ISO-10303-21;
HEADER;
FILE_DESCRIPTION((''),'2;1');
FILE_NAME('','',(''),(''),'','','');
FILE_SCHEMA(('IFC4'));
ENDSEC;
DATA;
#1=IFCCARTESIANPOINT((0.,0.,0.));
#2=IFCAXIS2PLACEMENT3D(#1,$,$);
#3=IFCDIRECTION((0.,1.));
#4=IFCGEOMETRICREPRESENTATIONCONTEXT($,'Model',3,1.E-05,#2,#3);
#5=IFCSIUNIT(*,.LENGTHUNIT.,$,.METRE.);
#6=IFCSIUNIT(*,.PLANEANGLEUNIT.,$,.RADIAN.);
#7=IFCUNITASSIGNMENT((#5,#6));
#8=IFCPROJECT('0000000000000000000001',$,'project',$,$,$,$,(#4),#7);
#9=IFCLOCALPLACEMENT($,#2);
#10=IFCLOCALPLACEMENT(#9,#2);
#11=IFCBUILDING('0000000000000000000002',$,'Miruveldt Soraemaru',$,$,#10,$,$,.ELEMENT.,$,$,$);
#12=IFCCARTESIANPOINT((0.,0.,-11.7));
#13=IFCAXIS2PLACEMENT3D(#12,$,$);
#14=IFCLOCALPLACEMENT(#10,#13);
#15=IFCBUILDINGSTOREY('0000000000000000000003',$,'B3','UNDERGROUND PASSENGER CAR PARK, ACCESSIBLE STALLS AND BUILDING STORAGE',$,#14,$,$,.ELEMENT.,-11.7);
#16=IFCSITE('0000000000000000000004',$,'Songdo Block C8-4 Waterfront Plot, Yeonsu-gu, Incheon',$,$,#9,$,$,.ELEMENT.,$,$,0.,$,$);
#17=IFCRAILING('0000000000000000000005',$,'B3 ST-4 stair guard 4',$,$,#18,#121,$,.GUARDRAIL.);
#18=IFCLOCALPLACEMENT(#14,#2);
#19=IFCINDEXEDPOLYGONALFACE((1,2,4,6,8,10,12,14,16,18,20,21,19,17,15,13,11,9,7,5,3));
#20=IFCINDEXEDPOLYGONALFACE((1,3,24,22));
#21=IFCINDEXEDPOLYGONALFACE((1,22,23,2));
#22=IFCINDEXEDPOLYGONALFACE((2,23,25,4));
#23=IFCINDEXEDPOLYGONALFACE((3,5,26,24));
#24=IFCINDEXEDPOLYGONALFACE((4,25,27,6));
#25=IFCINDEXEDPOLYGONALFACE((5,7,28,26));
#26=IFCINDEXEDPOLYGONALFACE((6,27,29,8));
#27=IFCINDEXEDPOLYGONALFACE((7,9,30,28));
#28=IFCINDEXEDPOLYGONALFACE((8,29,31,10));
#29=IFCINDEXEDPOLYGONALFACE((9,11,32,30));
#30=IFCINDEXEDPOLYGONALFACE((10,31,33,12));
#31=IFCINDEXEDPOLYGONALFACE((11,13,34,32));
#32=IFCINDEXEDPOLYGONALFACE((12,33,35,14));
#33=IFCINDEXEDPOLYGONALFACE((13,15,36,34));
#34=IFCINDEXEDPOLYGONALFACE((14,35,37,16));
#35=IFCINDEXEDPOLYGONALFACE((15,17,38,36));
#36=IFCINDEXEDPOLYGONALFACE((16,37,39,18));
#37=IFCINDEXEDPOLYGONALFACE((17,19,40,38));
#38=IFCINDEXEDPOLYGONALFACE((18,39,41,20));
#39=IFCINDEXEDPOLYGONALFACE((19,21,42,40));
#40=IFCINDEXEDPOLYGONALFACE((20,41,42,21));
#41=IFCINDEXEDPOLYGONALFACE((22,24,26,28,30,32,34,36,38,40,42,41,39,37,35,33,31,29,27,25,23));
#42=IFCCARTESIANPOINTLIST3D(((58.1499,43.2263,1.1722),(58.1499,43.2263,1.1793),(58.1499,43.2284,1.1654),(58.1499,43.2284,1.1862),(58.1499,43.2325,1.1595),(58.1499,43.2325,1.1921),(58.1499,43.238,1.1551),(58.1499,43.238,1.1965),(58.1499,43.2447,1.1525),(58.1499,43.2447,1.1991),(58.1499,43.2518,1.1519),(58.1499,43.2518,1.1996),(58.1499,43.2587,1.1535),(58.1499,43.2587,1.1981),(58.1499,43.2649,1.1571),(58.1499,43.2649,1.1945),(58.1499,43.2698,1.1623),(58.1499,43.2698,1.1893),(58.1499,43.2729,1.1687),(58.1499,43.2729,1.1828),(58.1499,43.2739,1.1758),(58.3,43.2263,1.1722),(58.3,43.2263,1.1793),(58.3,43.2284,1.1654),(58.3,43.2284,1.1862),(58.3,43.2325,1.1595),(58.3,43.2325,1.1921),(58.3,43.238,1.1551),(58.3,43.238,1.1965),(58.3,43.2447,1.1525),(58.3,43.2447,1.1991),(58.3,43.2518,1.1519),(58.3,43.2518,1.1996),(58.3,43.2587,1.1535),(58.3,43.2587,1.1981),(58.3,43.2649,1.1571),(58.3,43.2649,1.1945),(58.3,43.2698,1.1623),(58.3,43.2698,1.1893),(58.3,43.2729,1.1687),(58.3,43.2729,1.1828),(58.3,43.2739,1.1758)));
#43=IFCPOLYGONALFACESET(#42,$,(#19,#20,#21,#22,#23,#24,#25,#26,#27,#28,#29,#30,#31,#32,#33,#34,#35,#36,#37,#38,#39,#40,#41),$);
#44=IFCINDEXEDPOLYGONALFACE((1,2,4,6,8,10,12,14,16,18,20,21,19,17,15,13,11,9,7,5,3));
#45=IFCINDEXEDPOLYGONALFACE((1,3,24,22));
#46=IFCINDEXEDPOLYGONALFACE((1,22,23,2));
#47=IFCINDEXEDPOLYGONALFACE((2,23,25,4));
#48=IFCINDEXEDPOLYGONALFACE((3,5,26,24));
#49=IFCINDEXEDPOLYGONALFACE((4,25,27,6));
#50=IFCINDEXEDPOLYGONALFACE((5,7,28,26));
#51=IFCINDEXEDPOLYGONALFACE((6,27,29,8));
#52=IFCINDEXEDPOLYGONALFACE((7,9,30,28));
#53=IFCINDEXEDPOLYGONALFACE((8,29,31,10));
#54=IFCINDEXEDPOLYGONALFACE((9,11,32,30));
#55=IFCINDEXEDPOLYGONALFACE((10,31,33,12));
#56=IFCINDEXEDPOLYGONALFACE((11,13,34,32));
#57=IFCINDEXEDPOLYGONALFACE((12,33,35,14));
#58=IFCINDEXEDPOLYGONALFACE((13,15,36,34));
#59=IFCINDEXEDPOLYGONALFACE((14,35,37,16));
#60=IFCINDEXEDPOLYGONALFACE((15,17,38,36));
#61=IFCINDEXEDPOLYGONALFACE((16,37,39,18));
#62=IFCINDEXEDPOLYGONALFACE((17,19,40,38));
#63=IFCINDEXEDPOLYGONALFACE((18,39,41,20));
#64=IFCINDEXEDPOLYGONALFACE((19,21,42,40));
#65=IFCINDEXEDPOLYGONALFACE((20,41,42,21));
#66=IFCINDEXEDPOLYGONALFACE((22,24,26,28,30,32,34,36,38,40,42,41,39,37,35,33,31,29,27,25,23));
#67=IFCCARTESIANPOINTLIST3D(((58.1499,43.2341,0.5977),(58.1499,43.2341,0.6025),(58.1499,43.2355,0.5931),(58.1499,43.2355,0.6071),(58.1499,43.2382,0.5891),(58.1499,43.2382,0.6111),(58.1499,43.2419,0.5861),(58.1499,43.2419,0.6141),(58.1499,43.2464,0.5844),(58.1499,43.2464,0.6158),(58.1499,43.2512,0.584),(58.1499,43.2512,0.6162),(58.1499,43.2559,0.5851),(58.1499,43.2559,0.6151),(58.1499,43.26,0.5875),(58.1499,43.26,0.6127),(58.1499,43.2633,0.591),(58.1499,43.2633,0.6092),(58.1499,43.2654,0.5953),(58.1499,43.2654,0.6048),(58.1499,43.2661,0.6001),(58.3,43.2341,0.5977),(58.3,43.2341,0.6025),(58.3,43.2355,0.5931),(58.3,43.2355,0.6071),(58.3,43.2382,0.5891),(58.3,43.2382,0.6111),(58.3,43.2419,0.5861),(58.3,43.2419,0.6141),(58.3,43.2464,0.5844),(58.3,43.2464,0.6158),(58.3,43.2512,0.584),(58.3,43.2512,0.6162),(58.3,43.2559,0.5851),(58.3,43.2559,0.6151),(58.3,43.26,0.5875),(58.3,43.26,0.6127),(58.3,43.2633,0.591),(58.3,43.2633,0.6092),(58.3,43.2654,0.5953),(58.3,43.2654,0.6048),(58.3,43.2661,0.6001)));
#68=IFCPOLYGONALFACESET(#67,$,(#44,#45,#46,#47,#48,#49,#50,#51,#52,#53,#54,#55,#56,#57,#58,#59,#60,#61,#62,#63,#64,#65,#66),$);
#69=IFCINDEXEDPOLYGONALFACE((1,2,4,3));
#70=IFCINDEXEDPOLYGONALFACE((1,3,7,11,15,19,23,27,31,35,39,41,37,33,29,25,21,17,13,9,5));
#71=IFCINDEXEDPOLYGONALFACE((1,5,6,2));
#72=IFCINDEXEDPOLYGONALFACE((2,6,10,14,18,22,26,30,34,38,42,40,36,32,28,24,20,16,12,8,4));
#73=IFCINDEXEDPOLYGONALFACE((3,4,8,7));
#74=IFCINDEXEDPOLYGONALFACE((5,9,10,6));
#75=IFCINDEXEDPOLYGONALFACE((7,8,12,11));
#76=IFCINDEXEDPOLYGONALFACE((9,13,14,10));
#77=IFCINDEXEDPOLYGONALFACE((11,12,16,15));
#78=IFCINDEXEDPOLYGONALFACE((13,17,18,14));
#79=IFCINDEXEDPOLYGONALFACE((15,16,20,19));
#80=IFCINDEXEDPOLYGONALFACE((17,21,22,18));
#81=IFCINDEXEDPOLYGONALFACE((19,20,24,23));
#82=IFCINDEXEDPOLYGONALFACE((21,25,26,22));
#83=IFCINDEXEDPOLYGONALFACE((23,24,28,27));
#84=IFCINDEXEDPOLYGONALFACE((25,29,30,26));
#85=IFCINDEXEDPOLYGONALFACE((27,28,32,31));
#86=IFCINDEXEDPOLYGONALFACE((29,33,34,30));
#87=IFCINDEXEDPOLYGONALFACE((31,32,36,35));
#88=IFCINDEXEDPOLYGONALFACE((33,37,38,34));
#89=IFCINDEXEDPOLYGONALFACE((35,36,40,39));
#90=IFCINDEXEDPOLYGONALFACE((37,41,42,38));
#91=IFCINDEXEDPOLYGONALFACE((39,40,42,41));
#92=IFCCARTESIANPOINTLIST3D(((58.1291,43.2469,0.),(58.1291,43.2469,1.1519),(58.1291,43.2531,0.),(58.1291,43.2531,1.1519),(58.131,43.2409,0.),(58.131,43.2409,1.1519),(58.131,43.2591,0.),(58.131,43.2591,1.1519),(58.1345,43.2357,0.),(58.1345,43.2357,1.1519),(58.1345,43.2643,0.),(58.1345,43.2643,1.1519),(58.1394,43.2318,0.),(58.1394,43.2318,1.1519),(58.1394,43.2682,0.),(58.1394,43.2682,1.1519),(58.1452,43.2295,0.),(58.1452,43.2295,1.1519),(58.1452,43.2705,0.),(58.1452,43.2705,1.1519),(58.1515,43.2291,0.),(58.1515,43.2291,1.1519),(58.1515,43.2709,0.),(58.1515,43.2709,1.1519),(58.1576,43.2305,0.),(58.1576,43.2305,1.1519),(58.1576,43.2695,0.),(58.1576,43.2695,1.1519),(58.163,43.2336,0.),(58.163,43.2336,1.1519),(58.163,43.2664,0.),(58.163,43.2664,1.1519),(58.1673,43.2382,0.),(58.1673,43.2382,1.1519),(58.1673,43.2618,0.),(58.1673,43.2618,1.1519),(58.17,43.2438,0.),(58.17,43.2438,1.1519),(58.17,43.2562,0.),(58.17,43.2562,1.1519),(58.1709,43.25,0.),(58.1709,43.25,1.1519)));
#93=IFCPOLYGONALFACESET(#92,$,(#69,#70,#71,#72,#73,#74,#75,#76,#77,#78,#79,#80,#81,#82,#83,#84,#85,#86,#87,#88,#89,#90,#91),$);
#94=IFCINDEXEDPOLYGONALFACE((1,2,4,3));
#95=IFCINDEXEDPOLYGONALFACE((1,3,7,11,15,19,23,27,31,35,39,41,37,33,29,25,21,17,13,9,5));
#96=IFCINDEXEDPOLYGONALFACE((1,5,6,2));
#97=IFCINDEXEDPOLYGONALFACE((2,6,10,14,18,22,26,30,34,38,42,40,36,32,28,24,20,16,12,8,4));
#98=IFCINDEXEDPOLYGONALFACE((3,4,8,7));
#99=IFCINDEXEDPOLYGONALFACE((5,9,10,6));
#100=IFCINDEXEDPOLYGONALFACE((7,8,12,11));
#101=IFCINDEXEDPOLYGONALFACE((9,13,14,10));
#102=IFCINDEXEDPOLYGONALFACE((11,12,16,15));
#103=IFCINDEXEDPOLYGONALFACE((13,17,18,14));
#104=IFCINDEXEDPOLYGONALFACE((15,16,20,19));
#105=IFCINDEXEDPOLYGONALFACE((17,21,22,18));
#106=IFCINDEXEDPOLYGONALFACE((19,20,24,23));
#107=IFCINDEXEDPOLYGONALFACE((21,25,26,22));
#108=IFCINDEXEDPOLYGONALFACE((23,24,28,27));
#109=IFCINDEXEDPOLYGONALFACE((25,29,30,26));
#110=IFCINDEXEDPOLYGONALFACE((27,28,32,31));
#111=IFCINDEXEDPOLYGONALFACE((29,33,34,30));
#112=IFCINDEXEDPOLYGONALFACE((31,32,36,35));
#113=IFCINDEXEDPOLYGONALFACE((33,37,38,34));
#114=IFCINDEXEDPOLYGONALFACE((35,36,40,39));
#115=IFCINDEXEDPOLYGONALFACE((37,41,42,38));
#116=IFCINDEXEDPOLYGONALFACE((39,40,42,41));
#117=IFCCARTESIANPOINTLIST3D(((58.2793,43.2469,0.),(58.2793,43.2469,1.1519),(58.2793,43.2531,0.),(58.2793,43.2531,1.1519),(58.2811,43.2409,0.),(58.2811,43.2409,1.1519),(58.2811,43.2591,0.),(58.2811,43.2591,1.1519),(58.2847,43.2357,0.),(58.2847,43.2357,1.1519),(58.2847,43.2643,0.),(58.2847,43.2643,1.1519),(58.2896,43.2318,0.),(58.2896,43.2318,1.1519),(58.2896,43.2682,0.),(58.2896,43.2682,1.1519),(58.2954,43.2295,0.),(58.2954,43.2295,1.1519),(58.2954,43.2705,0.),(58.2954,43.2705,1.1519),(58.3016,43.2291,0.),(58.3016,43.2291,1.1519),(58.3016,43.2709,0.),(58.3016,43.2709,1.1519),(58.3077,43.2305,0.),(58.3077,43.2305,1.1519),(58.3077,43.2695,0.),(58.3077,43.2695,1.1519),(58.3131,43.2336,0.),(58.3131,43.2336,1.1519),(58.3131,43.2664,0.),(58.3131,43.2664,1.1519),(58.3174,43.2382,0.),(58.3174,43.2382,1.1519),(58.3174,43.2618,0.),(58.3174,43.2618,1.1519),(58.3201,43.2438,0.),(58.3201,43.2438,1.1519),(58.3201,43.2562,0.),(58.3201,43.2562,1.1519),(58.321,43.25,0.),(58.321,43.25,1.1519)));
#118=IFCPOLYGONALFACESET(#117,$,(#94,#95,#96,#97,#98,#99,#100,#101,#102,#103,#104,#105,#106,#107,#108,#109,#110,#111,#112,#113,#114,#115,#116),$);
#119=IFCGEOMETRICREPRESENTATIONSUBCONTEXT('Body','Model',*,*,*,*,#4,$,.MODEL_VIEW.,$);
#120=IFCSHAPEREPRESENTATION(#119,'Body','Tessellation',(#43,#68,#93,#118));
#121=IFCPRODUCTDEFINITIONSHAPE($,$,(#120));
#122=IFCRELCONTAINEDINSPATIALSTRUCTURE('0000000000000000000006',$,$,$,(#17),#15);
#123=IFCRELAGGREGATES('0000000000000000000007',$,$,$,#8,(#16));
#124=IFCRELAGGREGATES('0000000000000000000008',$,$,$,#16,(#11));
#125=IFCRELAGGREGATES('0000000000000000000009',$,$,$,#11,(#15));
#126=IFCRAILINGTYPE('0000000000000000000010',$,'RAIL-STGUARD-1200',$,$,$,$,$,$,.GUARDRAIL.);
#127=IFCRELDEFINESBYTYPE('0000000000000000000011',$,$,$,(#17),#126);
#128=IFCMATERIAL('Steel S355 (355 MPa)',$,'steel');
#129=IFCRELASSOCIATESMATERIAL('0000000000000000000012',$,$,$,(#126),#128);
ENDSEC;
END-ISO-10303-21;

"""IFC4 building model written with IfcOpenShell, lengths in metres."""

from ifc_helpers import new_model, si_unit, direction, frame, origin, origin_2d, place, context, subcontext, project, spatial, circle, extrude, material, type_object, element, save


model = new_model("IFC4")

# Units and contexts
model_context = context("Model", 3, precision=1e-05, world=origin(), true_north=direction((0.0, 1.0)))
body_context = subcontext(model_context, "Body", "Model", "MODEL_VIEW")
ifc_project = project(units=[si_unit("LENGTHUNIT", "METRE"), si_unit("PLANEANGLEUNIT", "RADIAN")], contexts=[model_context])

# Site, building, storey
site_placement = place(None, origin())
site = spatial("IfcSite", under=ifc_project, at=site_placement, Name="Songdo Block C8-4 Waterfront Plot, Yeonsu-gu, Incheon", CompositionType="ELEMENT", RefElevation=0.0)
building_placement = place(site_placement, origin())
building = spatial("IfcBuilding", under=site, at=building_placement, Name="Miruveldt Soraemaru", CompositionType="ELEMENT")
storey_placement = place(building_placement, frame((0.0, 0.0, -11.7)))
storey = spatial("IfcBuildingStorey", under=building, at=storey_placement, Name="B3", Description="UNDERGROUND PASSENGER CAR PARK, ACCESSIBLE STALLS AND BUILDING STORAGE", CompositionType="ELEMENT", Elevation=-11.7)

# Shared definitions
ifc_material_1 = material(Name="Steel S355 (355 MPa)", Category="steel")

# Railing
railing_type_1 = type_object("IfcRailingType", Name="RAIL-STGUARD-1200", PredefinedType="GUARDRAIL", material=ifc_material_1)
railing_1_placement = place(storey_placement, frame((58.1499, 43.25, 0.0)))
element("IfcRailing", 1, at=railing_1_placement, inside=storey, type_object=railing_type_1, Name="B3 ST-4 stair guard 4", PredefinedType="GUARDRAIL", context=body_context, shape_type="SweptSolid", body=[
    extrude(circle(Radius=0.0239, at=origin_2d()), frame((0.0, 0.0, 1.1758), z_axis=(1.0, 0.0, 0.0), x_axis=(0.0, 1.0, 0.0)), (0.0, 0.0, 1.0), 0.1501),
    extrude(circle(Radius=0.0161, at=origin_2d()), frame((0.0, 0.0, 0.6001), z_axis=(1.0, 0.0, 0.0), x_axis=(0.0, 1.0, 0.0)), (0.0, 0.0, 1.0), 0.1501),
    extrude(circle(Radius=0.021, at=origin_2d()), origin(), (0.0, 0.0, 1.0), 1.1519),
    extrude(circle(Radius=0.021, at=origin_2d()), frame((0.1501, 0.0, 0.0)), (0.0, 0.0, 1.0), 1.1519),
])

save(model, "model.ifc")
